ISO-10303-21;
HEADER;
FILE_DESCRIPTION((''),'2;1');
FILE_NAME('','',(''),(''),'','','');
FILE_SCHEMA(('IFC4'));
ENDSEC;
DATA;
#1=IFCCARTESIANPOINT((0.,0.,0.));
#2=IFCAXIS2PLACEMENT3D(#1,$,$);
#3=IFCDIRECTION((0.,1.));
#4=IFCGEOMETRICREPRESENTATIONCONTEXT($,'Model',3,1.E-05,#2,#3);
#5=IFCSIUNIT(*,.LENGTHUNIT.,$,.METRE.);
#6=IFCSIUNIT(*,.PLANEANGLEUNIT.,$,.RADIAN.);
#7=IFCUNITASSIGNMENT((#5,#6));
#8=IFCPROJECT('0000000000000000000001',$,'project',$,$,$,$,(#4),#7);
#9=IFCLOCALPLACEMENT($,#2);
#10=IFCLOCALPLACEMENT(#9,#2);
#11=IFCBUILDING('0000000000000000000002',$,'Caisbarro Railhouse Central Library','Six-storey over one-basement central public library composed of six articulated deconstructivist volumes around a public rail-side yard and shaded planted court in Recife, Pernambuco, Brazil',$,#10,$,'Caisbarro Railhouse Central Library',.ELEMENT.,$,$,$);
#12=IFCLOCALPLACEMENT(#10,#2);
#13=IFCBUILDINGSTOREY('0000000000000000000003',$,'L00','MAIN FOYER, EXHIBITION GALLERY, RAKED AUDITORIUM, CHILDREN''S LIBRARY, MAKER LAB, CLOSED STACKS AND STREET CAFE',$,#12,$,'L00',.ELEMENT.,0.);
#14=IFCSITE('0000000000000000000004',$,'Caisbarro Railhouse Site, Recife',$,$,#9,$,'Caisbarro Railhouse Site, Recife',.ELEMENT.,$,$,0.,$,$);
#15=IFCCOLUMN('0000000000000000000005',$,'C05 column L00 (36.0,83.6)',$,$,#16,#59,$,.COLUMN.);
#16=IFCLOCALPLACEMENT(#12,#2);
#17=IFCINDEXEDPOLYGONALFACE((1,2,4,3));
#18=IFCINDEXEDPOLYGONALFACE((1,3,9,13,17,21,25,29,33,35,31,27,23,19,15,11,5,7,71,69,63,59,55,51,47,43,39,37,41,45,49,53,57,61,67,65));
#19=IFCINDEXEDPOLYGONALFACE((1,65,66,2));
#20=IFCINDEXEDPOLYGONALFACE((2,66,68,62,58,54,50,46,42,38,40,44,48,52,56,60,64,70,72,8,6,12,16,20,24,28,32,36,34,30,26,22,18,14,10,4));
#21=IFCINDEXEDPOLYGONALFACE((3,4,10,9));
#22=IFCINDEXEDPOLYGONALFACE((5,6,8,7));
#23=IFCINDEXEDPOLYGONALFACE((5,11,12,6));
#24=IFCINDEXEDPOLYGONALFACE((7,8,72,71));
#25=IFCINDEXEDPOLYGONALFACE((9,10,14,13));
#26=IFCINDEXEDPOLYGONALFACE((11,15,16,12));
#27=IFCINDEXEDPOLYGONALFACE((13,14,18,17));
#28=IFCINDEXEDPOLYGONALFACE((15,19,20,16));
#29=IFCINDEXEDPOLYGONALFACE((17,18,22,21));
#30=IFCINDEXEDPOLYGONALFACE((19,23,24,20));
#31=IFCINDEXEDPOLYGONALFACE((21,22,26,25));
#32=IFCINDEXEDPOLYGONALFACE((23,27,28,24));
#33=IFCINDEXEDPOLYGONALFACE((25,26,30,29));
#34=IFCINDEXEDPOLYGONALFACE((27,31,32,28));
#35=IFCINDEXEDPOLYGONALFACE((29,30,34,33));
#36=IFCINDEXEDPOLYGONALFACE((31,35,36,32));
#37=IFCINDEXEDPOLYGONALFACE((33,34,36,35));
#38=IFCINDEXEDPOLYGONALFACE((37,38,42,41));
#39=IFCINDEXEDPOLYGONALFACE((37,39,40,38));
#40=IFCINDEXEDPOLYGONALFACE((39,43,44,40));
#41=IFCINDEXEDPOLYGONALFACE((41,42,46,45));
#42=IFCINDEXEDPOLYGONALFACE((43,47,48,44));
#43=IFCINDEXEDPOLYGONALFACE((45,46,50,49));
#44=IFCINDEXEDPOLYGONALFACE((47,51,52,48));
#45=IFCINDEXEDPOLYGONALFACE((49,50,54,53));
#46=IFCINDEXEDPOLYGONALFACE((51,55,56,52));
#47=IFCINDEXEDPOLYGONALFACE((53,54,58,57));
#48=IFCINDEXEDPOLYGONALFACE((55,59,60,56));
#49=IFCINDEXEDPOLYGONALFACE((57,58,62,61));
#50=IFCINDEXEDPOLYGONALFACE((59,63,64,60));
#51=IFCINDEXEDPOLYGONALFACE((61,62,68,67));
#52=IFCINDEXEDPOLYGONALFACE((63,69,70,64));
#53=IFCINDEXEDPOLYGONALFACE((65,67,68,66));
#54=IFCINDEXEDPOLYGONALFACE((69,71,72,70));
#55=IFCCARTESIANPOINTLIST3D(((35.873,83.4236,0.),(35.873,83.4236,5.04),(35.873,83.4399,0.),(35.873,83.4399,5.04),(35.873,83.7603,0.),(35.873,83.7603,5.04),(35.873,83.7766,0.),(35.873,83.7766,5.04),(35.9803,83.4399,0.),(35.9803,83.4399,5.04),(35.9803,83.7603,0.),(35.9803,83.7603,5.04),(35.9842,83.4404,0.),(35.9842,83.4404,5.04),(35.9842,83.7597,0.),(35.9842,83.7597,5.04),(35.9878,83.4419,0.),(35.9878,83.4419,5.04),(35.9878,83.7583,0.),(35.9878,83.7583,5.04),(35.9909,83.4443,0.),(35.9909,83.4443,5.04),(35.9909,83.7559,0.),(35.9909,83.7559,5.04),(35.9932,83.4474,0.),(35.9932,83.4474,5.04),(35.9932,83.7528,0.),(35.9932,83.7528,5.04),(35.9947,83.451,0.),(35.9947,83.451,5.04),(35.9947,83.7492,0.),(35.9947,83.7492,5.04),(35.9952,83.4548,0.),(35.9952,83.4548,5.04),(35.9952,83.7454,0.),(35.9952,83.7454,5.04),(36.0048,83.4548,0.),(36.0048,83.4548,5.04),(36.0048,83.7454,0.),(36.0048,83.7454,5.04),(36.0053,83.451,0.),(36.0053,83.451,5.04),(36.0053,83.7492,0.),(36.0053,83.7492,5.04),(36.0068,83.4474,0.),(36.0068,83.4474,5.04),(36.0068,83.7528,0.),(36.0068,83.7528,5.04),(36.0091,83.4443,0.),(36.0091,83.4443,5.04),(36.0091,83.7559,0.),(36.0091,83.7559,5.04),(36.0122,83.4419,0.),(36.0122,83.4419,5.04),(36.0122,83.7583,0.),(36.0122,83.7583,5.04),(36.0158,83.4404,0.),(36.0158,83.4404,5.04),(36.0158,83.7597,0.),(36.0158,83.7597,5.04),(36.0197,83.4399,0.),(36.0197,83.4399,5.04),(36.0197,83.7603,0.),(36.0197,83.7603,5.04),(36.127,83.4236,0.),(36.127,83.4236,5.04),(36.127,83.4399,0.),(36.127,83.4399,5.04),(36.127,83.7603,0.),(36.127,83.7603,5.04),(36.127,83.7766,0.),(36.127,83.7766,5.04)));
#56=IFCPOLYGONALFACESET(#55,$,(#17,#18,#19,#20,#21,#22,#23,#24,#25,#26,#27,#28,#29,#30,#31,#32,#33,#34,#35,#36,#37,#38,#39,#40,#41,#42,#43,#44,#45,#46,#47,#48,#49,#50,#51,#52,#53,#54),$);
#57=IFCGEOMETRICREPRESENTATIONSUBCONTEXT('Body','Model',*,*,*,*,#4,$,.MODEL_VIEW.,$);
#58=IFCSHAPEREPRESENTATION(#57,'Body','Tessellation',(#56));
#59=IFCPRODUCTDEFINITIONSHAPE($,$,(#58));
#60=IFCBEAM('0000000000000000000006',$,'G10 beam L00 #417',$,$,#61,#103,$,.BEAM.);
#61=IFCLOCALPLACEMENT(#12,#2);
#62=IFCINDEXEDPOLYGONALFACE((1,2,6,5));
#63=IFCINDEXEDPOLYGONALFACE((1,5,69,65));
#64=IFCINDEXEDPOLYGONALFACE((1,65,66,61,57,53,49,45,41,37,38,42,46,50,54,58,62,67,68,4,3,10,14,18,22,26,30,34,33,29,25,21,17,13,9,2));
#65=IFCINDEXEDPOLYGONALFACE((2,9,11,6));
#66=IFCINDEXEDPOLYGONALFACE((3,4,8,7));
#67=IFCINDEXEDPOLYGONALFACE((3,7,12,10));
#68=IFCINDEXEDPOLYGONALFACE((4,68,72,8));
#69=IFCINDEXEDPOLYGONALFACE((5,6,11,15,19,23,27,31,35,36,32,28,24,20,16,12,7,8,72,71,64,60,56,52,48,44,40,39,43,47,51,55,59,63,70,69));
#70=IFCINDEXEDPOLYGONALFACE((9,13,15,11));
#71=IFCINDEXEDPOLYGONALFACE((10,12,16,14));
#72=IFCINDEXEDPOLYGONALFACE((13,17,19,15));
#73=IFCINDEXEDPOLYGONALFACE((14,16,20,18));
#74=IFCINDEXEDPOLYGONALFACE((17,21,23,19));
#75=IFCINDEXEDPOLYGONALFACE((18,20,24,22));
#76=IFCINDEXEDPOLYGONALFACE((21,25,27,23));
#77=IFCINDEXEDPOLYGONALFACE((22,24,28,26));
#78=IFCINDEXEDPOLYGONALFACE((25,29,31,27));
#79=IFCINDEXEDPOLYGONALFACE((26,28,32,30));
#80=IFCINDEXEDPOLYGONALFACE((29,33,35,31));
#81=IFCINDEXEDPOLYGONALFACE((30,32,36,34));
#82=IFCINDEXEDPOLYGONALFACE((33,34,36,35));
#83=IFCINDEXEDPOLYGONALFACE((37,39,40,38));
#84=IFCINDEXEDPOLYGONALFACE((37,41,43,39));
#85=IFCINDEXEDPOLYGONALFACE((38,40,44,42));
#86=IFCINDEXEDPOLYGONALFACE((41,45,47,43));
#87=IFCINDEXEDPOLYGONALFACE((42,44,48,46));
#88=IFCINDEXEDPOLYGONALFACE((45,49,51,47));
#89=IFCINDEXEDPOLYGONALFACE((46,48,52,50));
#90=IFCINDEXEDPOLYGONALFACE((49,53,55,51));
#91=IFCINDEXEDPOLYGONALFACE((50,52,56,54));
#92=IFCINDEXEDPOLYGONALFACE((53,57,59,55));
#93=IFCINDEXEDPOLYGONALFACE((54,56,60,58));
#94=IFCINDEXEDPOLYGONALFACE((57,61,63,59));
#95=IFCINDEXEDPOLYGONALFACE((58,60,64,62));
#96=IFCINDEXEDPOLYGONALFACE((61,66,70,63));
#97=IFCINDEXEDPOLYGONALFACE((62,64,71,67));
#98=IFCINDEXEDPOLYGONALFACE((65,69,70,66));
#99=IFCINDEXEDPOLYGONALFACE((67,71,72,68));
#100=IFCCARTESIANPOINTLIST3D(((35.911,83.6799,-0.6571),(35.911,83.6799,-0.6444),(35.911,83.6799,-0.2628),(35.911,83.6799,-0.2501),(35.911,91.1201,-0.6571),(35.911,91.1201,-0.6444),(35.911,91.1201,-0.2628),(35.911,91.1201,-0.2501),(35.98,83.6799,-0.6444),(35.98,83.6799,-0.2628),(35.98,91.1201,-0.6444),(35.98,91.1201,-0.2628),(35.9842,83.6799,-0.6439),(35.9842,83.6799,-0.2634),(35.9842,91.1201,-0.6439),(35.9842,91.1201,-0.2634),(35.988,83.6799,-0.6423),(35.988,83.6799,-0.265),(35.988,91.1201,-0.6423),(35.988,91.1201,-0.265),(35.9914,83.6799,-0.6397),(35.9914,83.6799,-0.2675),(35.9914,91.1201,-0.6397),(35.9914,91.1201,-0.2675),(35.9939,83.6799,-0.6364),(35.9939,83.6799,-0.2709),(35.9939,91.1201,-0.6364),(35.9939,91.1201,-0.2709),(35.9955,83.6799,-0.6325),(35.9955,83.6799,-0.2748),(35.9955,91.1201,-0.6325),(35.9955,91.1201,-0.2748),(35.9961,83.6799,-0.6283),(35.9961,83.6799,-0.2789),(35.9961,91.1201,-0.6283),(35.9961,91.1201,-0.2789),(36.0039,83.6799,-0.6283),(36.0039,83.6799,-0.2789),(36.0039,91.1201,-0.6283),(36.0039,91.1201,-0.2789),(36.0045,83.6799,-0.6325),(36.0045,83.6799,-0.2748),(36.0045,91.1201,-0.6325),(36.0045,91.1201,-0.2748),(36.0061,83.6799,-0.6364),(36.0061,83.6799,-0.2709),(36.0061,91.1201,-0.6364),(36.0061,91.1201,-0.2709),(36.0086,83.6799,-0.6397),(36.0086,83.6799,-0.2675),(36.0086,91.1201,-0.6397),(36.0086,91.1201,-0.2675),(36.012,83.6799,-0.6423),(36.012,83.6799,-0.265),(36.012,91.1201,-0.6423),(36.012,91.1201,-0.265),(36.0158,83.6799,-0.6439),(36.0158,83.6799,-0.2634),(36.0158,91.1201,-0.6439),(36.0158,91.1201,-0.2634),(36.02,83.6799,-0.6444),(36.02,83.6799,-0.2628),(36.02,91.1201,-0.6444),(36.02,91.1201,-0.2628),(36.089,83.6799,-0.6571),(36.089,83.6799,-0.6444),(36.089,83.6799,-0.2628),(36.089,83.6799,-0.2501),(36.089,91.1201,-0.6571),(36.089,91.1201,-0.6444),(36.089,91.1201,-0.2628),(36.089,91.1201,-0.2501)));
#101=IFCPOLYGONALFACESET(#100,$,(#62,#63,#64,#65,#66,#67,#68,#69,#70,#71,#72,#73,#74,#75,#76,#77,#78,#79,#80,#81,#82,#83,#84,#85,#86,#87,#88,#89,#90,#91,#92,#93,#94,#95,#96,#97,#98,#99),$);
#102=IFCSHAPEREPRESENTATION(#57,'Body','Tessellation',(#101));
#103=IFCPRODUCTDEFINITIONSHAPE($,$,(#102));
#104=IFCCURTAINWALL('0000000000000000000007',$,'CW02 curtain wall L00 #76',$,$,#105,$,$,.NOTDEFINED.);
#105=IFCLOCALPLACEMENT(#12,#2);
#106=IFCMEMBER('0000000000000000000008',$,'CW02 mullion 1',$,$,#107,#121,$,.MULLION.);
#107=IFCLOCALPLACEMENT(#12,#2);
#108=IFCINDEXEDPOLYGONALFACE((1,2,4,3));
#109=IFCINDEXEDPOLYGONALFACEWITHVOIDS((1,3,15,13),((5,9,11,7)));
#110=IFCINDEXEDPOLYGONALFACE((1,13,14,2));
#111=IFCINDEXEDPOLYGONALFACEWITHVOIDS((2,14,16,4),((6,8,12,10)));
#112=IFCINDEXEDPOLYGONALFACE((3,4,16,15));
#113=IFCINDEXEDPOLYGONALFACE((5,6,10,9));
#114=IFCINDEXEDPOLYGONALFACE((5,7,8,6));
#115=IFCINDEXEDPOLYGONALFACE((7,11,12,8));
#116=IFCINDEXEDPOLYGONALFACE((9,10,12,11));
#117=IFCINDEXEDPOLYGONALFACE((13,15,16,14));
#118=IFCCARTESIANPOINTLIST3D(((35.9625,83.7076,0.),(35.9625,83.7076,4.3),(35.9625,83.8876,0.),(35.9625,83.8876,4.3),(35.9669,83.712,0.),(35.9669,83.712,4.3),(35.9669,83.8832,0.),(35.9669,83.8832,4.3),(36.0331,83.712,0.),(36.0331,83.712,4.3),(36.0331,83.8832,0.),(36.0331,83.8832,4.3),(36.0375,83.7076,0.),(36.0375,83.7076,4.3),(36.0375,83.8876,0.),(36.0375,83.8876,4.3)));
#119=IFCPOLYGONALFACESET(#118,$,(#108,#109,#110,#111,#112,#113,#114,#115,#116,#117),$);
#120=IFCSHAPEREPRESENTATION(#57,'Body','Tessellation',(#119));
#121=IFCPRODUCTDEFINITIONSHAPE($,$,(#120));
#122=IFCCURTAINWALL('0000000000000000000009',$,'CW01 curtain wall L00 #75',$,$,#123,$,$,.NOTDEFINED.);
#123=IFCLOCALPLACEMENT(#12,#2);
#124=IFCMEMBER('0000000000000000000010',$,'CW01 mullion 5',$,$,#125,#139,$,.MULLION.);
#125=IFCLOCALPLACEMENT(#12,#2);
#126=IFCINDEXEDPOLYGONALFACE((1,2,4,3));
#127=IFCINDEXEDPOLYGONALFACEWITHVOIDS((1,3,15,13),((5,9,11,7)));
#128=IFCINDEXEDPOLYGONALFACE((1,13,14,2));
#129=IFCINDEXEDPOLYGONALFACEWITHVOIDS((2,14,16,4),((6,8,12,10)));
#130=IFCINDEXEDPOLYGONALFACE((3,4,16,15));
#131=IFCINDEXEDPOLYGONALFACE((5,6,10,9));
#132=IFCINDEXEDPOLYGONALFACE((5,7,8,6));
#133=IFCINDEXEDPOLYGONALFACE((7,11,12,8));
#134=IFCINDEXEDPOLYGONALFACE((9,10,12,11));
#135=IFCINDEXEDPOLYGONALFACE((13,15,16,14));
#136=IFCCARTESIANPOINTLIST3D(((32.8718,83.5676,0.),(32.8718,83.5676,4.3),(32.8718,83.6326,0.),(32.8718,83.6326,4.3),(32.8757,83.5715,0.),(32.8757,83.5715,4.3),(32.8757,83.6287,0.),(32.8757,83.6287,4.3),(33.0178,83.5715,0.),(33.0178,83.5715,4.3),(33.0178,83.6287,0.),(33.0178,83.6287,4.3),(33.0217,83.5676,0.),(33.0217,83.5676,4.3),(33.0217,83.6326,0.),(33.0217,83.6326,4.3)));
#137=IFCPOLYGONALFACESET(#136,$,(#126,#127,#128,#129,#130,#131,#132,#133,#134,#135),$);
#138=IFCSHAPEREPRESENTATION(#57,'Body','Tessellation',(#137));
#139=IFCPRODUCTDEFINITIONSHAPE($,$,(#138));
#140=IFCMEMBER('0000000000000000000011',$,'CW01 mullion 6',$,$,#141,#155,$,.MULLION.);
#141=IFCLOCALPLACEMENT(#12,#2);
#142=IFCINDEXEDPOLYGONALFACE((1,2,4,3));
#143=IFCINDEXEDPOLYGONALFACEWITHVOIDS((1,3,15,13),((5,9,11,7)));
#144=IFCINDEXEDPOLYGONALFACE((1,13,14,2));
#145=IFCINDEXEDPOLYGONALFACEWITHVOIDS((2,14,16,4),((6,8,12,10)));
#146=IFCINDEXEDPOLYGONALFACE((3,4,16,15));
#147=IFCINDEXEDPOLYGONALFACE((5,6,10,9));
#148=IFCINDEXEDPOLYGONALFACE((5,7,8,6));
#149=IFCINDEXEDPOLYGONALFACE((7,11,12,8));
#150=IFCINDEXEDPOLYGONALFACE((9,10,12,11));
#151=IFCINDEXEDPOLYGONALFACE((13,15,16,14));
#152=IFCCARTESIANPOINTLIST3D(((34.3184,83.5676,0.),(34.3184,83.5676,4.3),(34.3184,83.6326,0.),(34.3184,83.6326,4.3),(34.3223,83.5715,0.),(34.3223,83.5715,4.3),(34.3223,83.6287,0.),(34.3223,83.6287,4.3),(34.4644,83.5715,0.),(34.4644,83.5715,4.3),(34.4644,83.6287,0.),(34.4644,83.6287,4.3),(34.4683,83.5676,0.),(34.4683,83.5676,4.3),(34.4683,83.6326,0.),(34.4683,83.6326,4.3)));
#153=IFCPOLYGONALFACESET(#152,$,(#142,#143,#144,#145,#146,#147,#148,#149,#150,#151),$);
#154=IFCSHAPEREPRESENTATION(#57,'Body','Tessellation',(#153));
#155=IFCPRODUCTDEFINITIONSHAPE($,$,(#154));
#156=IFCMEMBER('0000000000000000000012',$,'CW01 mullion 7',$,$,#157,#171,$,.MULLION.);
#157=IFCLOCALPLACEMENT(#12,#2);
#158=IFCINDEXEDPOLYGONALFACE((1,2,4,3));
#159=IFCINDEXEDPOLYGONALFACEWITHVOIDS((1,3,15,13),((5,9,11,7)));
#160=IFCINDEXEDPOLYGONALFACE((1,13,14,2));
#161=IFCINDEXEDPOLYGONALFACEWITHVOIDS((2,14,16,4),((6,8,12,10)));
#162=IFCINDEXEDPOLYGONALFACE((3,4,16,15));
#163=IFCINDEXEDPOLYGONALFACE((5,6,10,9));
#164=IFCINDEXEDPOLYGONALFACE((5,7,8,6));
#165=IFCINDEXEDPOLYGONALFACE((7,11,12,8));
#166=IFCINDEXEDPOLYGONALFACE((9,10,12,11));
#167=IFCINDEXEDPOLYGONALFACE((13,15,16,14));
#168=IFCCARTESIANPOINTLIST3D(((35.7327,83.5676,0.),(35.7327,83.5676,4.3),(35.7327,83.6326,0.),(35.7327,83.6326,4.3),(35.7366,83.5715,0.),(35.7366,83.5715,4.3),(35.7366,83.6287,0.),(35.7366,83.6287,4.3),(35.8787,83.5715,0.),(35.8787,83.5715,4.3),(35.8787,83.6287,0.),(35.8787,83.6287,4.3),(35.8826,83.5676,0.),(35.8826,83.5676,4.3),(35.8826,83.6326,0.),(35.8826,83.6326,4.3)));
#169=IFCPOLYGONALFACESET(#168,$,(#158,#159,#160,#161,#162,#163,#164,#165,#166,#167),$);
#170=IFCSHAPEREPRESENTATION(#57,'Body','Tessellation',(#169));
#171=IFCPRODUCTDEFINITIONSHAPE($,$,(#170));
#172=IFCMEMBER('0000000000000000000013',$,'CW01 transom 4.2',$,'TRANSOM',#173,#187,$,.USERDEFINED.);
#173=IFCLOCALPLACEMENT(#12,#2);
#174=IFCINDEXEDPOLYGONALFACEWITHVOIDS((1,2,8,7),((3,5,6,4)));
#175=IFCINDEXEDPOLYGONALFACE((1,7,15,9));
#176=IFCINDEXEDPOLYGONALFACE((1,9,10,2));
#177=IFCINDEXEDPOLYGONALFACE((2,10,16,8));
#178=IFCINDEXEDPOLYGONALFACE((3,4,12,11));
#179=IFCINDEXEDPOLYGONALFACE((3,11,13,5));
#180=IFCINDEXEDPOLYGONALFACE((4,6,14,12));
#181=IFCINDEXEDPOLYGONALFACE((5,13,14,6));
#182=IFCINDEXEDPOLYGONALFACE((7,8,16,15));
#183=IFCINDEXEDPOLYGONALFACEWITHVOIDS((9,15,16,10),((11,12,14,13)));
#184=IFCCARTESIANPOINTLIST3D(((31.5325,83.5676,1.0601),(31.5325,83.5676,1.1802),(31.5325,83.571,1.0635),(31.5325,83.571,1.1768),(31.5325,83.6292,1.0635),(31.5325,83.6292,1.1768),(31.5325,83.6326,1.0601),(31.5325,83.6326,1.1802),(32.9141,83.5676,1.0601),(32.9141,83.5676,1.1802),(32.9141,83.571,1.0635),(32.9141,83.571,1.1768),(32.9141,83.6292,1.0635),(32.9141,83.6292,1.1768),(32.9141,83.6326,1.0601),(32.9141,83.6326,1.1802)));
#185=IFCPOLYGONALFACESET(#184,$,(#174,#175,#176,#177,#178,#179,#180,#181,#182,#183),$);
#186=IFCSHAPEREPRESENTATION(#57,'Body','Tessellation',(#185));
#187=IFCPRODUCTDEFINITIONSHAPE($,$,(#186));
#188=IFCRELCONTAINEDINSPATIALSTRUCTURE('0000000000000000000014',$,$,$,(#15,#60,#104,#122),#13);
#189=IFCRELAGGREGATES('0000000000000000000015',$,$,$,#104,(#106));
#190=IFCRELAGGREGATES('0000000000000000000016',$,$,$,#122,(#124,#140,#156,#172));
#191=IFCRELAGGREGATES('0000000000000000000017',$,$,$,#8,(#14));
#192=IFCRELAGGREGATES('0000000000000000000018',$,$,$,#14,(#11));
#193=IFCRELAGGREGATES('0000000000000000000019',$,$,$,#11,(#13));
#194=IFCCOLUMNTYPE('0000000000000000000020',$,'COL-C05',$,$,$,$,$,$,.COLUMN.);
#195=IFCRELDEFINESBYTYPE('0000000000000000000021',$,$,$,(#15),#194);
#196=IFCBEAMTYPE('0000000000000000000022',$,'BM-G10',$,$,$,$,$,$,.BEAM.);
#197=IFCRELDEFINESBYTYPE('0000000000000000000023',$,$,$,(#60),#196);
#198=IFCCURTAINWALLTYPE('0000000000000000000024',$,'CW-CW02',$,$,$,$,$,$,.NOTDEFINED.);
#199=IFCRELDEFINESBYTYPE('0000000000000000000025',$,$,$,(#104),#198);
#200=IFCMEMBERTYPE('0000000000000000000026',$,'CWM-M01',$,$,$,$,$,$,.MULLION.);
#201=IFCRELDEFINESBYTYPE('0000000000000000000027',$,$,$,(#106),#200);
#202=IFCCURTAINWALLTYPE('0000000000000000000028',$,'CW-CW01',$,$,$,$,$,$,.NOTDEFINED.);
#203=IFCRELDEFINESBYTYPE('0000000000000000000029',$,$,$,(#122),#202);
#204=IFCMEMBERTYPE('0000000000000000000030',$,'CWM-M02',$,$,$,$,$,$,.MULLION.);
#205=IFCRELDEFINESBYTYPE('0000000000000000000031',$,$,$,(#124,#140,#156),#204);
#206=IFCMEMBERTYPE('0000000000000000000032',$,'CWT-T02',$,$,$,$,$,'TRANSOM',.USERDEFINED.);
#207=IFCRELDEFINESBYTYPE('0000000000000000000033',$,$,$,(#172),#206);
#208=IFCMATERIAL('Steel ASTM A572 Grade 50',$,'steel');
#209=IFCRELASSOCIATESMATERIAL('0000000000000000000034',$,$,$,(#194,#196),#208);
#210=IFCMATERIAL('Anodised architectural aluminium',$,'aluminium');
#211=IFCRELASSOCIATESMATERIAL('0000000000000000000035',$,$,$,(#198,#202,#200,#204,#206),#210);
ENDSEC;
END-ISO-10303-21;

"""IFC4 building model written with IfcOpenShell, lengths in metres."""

from ifc_helpers import new_model, si_unit, direction, frame, origin, origin_2d, place, context, subcontext, project, spatial, hollow_rectangle, i_section, extrude, material, material_profile, profile_set, type_object, element, aggregate, save


model = new_model("IFC4")

# Units and contexts
model_context = context("Model", 3, precision=1e-05, world=origin(), true_north=direction((0.0, 1.0)))
body_context = subcontext(model_context, "Body", "Model", "MODEL_VIEW")
ifc_project = project(units=[si_unit("LENGTHUNIT", "METRE"), si_unit("PLANEANGLEUNIT", "RADIAN")], contexts=[model_context])

# Site, building, storey
site_placement = place(None, origin())
site = spatial("IfcSite", under=ifc_project, at=site_placement, Name="Caisbarro Railhouse Site, Recife", LongName="Caisbarro Railhouse Site, Recife", CompositionType="ELEMENT", RefElevation=0.0)
building_placement = place(site_placement, origin())
building = spatial("IfcBuilding", under=site, at=building_placement, Name="Caisbarro Railhouse Central Library", Description="Six-storey over one-basement central public library composed of six articulated deconstructivist volumes around a public rail-side yard and shaded planted court in Recife, Pernambuco, Brazil", LongName="Caisbarro Railhouse Central Library", CompositionType="ELEMENT")
storey_placement = place(building_placement, origin())
storey = spatial("IfcBuildingStorey", under=building, at=storey_placement, Name="L00", Description="MAIN FOYER, EXHIBITION GALLERY, RAKED AUDITORIUM, CHILDREN'S LIBRARY, MAKER LAB, CLOSED STACKS AND STREET CAFE", LongName="L00", CompositionType="ELEMENT", Elevation=0.0)

# Column
ifc_material_1 = material(Name="Steel ASTM A572 Grade 50", Category="steel")
ifc_material_profile_1 = material_profile(ifc_material_1, i_section(OverallWidth=0.2539, OverallDepth=0.353, WebThickness=0.0095, FlangeThickness=0.0164, FilletRadius=0.0149, at=origin_2d()), Name="W360X91.0")
ifc_profile_set_1 = profile_set([ifc_material_profile_1], Name="Steel ASTM A572 Grade 50")
column_type = type_object("IfcColumnType", Name="COL-C05", PredefinedType="COLUMN", material=ifc_profile_set_1)
column_placement = place(storey_placement, frame((36.0, 83.6001, 0.0), z_axis=(0.0, 0.0, 1.0), x_axis=(1.0, 0.0, 0.0)))
element("IfcColumn", 1, at=column_placement, inside=storey, type_object=column_type, Name="C05 column L00 (36.0,83.6)", PredefinedType="COLUMN", context=body_context, shape_type="SweptSolid", body=[
    extrude(i_section(OverallWidth=0.2539, OverallDepth=0.353, WebThickness=0.0095, FlangeThickness=0.0164, FilletRadius=0.0149, at=origin_2d()), origin(), (0.0, 0.0, 1.0), 5.04),
])

# Beam
ifc_material_profile_2 = material_profile(ifc_material_1, i_section(OverallWidth=0.178, OverallDepth=0.407, WebThickness=0.0078, FlangeThickness=0.0127, FilletRadius=0.0161, at=origin_2d()), Name="W410X60.0")
ifc_profile_set_2 = profile_set([ifc_material_profile_2], Name="Steel ASTM A572 Grade 50")
beam_type = type_object("IfcBeamType", Name="BM-G10", PredefinedType="BEAM", material=ifc_profile_set_2)
beam_placement = place(storey_placement, frame((36.0, 83.6799, -0.4536), z_axis=(0.0, 1.0, 0.0), x_axis=(-1.0, 0.0, 0.0)))
element("IfcBeam", 2, at=beam_placement, inside=storey, type_object=beam_type, Name="G10 beam L00 #417", PredefinedType="BEAM", context=body_context, shape_type="SweptSolid", body=[
    extrude(i_section(OverallWidth=0.178, OverallDepth=0.407, WebThickness=0.0078, FlangeThickness=0.0127, FilletRadius=0.0161, at=origin_2d()), origin(), (0.0, 0.0, 1.0), 7.4402),
])

# Curtain wall, member
ifc_material_2 = material(Name="Anodised architectural aluminium", Category="aluminium")
curtain_wall_type_1 = type_object("IfcCurtainWallType", Name="CW-CW02", PredefinedType="NOTDEFINED", material=ifc_material_2)
curtain_wall_1_placement = place(storey_placement, origin())
curtain_wall_1 = element("IfcCurtainWall", 3, at=curtain_wall_1_placement, inside=storey, type_object=curtain_wall_type_1, Name="CW02 curtain wall L00 #76", PredefinedType="NOTDEFINED")
ifc_material_profile_3 = material_profile(ifc_material_2, hollow_rectangle(XDim=0.075, YDim=0.1799, WallThickness=0.0044, at=origin_2d()), Name="ALU-MUL-75X180")
ifc_profile_set_3 = profile_set([ifc_material_profile_3], Name="Anodised architectural aluminium")
member_type_1 = type_object("IfcMemberType", Name="CWM-M01", PredefinedType="MULLION", material=ifc_profile_set_3)
member_1_placement = place(storey_placement, frame((36.0, 83.7976, 0.0), z_axis=(0.0, 0.0, 1.0), x_axis=(-1.0, 0.0, 0.0)))
member_1 = element("IfcMember", 4, at=member_1_placement, type_object=member_type_1, Name="CW02 mullion 1", PredefinedType="MULLION", context=body_context, shape_type="SweptSolid", body=[
    extrude(hollow_rectangle(XDim=0.075, YDim=0.1799, WallThickness=0.0044, at=origin_2d()), origin(), (0.0, 0.0, 1.0), 4.3),
])

# Curtain wall, members
curtain_wall_type_2 = type_object("IfcCurtainWallType", Name="CW-CW01", PredefinedType="NOTDEFINED", material=ifc_material_2)
curtain_wall_2_placement = place(storey_placement, origin())
curtain_wall_2 = element("IfcCurtainWall", 5, at=curtain_wall_2_placement, inside=storey, type_object=curtain_wall_type_2, Name="CW01 curtain wall L00 #75", PredefinedType="NOTDEFINED")
ifc_material_profile_4 = material_profile(ifc_material_2, hollow_rectangle(XDim=0.0649, YDim=0.1499, WallThickness=0.0039, at=origin_2d()), Name="ALU-MUL-65X150")
ifc_profile_set_4 = profile_set([ifc_material_profile_4], Name="Anodised architectural aluminium")
member_type_2 = type_object("IfcMemberType", Name="CWM-M02", PredefinedType="MULLION", material=ifc_profile_set_4)
member_2_placement = place(storey_placement, frame((32.9468, 83.6001, 0.0), z_axis=(0.0, 0.0, 1.0), x_axis=(0.0, 1.0, 0.0)))
member_2 = element("IfcMember", 6, at=member_2_placement, type_object=member_type_2, Name="CW01 mullion 5", PredefinedType="MULLION", context=body_context, shape_type="SweptSolid", body=[
    extrude(hollow_rectangle(XDim=0.0649, YDim=0.1499, WallThickness=0.0039, at=origin_2d()), origin(), (0.0, 0.0, 1.0), 4.3),
])
member_3_placement = place(storey_placement, frame((34.3933, 83.6001, 0.0), z_axis=(0.0, 0.0, 1.0), x_axis=(0.0, 1.0, 0.0)))
member_3 = element("IfcMember", 7, at=member_3_placement, type_object=member_type_2, Name="CW01 mullion 6", PredefinedType="MULLION", context=body_context, shape_type="SweptSolid", body=[
    extrude(hollow_rectangle(XDim=0.0649, YDim=0.1499, WallThickness=0.0039, at=origin_2d()), origin(), (0.0, 0.0, 1.0), 4.3),
])
member_4_placement = place(storey_placement, frame((35.8076, 83.6001, 0.0), z_axis=(0.0, 0.0, 1.0), x_axis=(0.0, 1.0, 0.0)))
member_4 = element("IfcMember", 8, at=member_4_placement, type_object=member_type_2, Name="CW01 mullion 7", PredefinedType="MULLION", context=body_context, shape_type="SweptSolid", body=[
    extrude(hollow_rectangle(XDim=0.0649, YDim=0.1499, WallThickness=0.0039, at=origin_2d()), origin(), (0.0, 0.0, 1.0), 4.3),
])
ifc_material_profile_5 = material_profile(ifc_material_2, hollow_rectangle(XDim=0.0649, YDim=0.1201, WallThickness=0.0034, at=origin_2d()), Name="ALU-TRN-65X120")
ifc_profile_set_5 = profile_set([ifc_material_profile_5], Name="Anodised architectural aluminium")
member_type_3 = type_object("IfcMemberType", Name="CWT-T02", ElementType="TRANSOM", PredefinedType="USERDEFINED", material=ifc_profile_set_5)
member_5_placement = place(storey_placement, frame((31.5325, 83.6001, 1.1201), z_axis=(1.0, 0.0, 0.0), x_axis=(0.0, 1.0, 0.0)))
member_5 = element("IfcMember", 9, at=member_5_placement, type_object=member_type_3, Name="CW01 transom 4.2", ObjectType="TRANSOM", PredefinedType="USERDEFINED", context=body_context, shape_type="SweptSolid", body=[
    extrude(hollow_rectangle(XDim=0.0649, YDim=0.1201, WallThickness=0.0034, at=origin_2d()), origin(), (0.0, 0.0, 1.0), 1.3816),
])

aggregate(curtain_wall_1, [member_1])

aggregate(curtain_wall_2, [member_2, member_3, member_4, member_5])

save(model, "model.ifc")
